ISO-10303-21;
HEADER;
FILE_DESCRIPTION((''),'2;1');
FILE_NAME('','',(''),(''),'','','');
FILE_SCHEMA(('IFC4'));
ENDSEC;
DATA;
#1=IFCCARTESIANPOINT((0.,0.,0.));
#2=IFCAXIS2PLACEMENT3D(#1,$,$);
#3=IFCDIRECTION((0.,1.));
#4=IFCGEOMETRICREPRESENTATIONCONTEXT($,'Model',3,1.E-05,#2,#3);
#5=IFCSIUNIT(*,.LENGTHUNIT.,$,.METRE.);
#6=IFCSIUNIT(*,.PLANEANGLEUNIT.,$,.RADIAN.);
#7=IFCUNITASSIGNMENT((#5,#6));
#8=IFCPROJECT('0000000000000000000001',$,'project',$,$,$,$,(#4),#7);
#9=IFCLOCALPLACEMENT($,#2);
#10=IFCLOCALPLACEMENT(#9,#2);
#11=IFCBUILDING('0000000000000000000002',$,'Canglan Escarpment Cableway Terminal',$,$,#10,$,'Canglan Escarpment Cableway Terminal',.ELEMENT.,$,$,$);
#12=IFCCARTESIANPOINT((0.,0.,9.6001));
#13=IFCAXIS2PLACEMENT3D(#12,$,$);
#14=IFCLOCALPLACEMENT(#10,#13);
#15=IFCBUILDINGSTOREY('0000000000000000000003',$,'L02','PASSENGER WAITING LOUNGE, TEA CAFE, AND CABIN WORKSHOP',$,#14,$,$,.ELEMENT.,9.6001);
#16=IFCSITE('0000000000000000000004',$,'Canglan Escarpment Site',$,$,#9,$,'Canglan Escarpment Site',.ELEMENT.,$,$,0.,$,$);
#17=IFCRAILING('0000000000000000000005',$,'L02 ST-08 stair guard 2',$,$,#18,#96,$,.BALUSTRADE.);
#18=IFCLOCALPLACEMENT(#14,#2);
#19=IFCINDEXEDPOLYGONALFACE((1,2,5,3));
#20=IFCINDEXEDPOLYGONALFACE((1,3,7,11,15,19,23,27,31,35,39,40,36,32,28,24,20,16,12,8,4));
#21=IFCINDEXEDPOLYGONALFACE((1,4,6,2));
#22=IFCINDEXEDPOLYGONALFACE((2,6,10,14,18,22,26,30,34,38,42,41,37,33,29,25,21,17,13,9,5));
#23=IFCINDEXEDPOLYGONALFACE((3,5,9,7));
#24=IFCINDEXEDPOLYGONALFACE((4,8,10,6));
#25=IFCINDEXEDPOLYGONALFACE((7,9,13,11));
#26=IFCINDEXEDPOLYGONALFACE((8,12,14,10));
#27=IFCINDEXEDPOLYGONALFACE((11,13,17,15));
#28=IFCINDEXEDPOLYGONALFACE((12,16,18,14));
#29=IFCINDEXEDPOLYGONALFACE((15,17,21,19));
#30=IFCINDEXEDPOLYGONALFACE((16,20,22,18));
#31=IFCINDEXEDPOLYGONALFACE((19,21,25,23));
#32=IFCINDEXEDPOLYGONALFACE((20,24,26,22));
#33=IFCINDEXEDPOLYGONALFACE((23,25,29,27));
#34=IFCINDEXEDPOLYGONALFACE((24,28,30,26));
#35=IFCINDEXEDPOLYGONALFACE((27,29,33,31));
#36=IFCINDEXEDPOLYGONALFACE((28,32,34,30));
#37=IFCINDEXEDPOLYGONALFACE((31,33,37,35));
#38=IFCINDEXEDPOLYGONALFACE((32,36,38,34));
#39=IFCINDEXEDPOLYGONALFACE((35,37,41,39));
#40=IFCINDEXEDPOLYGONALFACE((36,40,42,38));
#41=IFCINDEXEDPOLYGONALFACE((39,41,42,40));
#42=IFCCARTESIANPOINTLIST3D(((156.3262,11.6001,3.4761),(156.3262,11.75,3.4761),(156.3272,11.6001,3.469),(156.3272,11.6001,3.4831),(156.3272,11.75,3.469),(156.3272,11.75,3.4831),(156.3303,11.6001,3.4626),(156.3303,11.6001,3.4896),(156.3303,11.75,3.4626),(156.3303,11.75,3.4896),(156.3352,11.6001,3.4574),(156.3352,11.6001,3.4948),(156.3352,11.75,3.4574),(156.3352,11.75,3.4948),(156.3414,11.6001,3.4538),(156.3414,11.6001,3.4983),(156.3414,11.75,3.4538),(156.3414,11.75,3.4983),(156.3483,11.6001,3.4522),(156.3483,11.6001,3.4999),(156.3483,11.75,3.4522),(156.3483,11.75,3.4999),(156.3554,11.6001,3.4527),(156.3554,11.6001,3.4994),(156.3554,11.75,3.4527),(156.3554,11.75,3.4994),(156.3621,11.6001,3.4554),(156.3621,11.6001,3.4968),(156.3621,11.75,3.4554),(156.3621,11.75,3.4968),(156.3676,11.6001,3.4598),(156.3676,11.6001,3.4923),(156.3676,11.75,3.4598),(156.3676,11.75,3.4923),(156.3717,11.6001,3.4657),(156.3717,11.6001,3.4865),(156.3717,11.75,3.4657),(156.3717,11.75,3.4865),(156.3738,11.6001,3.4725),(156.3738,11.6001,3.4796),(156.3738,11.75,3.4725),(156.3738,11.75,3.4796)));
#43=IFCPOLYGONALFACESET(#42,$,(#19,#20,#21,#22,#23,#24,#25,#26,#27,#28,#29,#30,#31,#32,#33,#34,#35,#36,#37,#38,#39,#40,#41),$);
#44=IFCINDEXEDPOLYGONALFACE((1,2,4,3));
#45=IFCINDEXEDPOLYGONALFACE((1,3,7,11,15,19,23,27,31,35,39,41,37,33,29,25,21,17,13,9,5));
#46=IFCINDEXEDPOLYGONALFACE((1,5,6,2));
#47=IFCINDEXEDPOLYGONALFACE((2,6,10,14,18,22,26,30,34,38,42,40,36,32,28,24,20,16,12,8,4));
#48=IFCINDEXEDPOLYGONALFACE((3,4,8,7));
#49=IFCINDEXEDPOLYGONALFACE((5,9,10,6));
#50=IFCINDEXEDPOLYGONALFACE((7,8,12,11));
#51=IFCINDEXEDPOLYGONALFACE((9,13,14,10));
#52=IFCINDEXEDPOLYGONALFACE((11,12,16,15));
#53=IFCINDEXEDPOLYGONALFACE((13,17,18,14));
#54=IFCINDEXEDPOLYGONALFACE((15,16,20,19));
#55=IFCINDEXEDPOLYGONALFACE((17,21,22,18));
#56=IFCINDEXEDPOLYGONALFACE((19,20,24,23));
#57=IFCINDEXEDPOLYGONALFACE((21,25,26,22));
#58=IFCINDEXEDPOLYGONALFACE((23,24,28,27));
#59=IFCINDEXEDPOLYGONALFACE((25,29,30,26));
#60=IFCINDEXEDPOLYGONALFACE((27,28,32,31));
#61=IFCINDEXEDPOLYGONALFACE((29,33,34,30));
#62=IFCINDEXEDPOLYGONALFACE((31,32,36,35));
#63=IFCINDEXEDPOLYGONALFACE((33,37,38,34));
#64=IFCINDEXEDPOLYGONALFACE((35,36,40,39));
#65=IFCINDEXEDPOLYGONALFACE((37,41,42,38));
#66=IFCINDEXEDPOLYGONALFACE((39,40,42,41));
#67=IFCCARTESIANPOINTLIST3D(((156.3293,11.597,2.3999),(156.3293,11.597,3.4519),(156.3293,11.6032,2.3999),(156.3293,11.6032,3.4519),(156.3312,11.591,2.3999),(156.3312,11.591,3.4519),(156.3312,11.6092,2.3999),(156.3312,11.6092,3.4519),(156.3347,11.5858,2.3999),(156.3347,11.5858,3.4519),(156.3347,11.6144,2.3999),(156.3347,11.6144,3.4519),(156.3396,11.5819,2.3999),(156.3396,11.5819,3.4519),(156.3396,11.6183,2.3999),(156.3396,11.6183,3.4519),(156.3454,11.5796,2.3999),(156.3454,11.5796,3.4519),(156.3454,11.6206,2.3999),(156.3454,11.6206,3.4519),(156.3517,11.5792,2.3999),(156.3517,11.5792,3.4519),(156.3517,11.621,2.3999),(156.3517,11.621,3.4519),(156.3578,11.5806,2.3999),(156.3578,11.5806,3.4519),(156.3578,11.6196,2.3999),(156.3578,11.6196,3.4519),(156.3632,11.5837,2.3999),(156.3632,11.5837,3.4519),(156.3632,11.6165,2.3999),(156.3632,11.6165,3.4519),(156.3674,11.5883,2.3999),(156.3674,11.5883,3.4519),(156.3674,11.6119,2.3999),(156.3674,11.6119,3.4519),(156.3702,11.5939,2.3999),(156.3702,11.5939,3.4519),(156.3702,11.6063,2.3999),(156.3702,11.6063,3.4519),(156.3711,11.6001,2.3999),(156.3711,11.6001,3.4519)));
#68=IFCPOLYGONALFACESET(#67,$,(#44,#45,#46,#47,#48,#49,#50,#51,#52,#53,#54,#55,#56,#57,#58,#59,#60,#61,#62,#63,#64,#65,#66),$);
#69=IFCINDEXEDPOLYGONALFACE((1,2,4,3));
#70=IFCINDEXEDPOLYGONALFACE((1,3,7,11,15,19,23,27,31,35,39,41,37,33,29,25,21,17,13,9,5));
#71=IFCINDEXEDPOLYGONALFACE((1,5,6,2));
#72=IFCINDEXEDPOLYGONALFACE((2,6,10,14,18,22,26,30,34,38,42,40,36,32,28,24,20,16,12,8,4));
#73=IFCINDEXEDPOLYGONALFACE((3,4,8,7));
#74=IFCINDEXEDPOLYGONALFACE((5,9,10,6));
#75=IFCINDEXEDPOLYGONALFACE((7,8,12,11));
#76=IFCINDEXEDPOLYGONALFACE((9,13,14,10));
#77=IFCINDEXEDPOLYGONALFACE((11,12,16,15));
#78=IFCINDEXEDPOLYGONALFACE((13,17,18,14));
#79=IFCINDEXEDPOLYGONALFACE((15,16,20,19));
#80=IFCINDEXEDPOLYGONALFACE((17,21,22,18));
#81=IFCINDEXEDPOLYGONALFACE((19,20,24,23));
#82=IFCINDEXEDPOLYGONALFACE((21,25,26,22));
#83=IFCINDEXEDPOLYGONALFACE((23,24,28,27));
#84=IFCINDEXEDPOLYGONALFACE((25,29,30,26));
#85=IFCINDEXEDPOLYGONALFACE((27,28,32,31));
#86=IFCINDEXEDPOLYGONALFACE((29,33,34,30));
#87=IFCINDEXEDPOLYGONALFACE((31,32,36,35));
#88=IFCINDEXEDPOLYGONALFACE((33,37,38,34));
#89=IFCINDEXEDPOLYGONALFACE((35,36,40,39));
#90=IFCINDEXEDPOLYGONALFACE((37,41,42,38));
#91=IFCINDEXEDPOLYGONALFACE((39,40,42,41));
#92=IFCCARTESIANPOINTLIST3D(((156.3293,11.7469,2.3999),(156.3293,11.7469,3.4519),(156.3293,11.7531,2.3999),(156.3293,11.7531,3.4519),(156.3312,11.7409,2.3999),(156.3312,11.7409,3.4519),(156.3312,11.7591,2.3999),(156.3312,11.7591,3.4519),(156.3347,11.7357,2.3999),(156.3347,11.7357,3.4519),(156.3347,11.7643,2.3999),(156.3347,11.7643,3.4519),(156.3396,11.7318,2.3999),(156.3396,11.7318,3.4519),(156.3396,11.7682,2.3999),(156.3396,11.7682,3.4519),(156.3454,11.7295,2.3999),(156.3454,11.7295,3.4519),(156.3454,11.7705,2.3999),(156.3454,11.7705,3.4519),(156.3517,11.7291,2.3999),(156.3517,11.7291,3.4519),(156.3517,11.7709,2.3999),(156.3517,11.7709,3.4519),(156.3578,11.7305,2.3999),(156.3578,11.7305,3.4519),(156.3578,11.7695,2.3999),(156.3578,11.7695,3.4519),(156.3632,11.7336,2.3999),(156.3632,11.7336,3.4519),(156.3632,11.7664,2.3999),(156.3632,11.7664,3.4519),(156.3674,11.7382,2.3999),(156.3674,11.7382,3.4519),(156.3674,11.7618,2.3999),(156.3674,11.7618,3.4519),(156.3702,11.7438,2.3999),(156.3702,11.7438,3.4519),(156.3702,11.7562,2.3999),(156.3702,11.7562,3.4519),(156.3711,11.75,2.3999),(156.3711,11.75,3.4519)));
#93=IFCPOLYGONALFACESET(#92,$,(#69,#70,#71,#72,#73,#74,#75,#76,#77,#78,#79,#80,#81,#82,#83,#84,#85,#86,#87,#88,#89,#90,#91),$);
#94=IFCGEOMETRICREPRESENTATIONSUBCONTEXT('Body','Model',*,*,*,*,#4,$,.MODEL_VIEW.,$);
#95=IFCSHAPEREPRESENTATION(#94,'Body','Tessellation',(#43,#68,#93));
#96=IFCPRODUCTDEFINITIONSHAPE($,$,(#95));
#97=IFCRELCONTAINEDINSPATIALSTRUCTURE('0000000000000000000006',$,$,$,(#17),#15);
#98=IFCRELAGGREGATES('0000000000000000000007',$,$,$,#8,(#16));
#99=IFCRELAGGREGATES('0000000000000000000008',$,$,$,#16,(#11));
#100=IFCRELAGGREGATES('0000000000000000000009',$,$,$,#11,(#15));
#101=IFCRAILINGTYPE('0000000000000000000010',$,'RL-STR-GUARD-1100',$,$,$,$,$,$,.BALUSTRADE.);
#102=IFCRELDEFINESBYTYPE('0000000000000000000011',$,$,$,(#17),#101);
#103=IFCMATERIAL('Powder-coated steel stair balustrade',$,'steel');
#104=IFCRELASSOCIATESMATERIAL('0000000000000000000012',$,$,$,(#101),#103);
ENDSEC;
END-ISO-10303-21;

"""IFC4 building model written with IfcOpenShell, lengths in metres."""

from ifc_helpers import new_model, si_unit, direction, frame, origin, origin_2d, place, context, subcontext, project, spatial, circle, extrude, material, type_object, element, save


model = new_model("IFC4")

# Units and contexts
model_context = context("Model", 3, precision=1e-05, world=origin(), true_north=direction((0.0, 1.0)))
body_context = subcontext(model_context, "Body", "Model", "MODEL_VIEW")
ifc_project = project(units=[si_unit("LENGTHUNIT", "METRE"), si_unit("PLANEANGLEUNIT", "RADIAN")], contexts=[model_context])

# Site, building, storey
site_placement = place(None, origin())
site = spatial("IfcSite", under=ifc_project, at=site_placement, Name="Canglan Escarpment Site", LongName="Canglan Escarpment Site", CompositionType="ELEMENT", RefElevation=0.0)
building_placement = place(site_placement, origin())
building = spatial("IfcBuilding", under=site, at=building_placement, Name="Canglan Escarpment Cableway Terminal", LongName="Canglan Escarpment Cableway Terminal", CompositionType="ELEMENT")
storey_placement = place(building_placement, frame((0.0, 0.0, 9.6001)))
storey = spatial("IfcBuildingStorey", under=building, at=storey_placement, Name="L02", Description="PASSENGER WAITING LOUNGE, TEA CAFE, AND CABIN WORKSHOP", CompositionType="ELEMENT", Elevation=9.6001)

# Railing
ifc_material_1 = material(Name="Powder-coated steel stair balustrade", Category="steel")
railing_type_1 = type_object("IfcRailingType", Name="RL-STR-GUARD-1100", PredefinedType="BALUSTRADE", material=ifc_material_1)
railing_1_placement = place(storey_placement, frame((156.3501, 11.6001, 2.3999)))
element("IfcRailing", 1, at=railing_1_placement, inside=storey, type_object=railing_type_1, Name="L02 ST-08 stair guard 2", PredefinedType="BALUSTRADE", context=body_context, shape_type="SweptSolid", body=[
    extrude(circle(Radius=0.0239, at=origin_2d()), frame((0.0, 0.0, 1.0762), z_axis=(0.0, 1.0, 0.0), x_axis=(-1.0, 0.0, 0.0)), (0.0, 0.0, 1.0), 0.1499),
    extrude(circle(Radius=0.021, at=origin_2d()), origin(), (0.0, 0.0, 1.0), 1.052),
    extrude(circle(Radius=0.021, at=origin_2d()), frame((0.0, 0.1499, 0.0)), (0.0, 0.0, 1.0), 1.052),
])

save(model, "model.ifc")
